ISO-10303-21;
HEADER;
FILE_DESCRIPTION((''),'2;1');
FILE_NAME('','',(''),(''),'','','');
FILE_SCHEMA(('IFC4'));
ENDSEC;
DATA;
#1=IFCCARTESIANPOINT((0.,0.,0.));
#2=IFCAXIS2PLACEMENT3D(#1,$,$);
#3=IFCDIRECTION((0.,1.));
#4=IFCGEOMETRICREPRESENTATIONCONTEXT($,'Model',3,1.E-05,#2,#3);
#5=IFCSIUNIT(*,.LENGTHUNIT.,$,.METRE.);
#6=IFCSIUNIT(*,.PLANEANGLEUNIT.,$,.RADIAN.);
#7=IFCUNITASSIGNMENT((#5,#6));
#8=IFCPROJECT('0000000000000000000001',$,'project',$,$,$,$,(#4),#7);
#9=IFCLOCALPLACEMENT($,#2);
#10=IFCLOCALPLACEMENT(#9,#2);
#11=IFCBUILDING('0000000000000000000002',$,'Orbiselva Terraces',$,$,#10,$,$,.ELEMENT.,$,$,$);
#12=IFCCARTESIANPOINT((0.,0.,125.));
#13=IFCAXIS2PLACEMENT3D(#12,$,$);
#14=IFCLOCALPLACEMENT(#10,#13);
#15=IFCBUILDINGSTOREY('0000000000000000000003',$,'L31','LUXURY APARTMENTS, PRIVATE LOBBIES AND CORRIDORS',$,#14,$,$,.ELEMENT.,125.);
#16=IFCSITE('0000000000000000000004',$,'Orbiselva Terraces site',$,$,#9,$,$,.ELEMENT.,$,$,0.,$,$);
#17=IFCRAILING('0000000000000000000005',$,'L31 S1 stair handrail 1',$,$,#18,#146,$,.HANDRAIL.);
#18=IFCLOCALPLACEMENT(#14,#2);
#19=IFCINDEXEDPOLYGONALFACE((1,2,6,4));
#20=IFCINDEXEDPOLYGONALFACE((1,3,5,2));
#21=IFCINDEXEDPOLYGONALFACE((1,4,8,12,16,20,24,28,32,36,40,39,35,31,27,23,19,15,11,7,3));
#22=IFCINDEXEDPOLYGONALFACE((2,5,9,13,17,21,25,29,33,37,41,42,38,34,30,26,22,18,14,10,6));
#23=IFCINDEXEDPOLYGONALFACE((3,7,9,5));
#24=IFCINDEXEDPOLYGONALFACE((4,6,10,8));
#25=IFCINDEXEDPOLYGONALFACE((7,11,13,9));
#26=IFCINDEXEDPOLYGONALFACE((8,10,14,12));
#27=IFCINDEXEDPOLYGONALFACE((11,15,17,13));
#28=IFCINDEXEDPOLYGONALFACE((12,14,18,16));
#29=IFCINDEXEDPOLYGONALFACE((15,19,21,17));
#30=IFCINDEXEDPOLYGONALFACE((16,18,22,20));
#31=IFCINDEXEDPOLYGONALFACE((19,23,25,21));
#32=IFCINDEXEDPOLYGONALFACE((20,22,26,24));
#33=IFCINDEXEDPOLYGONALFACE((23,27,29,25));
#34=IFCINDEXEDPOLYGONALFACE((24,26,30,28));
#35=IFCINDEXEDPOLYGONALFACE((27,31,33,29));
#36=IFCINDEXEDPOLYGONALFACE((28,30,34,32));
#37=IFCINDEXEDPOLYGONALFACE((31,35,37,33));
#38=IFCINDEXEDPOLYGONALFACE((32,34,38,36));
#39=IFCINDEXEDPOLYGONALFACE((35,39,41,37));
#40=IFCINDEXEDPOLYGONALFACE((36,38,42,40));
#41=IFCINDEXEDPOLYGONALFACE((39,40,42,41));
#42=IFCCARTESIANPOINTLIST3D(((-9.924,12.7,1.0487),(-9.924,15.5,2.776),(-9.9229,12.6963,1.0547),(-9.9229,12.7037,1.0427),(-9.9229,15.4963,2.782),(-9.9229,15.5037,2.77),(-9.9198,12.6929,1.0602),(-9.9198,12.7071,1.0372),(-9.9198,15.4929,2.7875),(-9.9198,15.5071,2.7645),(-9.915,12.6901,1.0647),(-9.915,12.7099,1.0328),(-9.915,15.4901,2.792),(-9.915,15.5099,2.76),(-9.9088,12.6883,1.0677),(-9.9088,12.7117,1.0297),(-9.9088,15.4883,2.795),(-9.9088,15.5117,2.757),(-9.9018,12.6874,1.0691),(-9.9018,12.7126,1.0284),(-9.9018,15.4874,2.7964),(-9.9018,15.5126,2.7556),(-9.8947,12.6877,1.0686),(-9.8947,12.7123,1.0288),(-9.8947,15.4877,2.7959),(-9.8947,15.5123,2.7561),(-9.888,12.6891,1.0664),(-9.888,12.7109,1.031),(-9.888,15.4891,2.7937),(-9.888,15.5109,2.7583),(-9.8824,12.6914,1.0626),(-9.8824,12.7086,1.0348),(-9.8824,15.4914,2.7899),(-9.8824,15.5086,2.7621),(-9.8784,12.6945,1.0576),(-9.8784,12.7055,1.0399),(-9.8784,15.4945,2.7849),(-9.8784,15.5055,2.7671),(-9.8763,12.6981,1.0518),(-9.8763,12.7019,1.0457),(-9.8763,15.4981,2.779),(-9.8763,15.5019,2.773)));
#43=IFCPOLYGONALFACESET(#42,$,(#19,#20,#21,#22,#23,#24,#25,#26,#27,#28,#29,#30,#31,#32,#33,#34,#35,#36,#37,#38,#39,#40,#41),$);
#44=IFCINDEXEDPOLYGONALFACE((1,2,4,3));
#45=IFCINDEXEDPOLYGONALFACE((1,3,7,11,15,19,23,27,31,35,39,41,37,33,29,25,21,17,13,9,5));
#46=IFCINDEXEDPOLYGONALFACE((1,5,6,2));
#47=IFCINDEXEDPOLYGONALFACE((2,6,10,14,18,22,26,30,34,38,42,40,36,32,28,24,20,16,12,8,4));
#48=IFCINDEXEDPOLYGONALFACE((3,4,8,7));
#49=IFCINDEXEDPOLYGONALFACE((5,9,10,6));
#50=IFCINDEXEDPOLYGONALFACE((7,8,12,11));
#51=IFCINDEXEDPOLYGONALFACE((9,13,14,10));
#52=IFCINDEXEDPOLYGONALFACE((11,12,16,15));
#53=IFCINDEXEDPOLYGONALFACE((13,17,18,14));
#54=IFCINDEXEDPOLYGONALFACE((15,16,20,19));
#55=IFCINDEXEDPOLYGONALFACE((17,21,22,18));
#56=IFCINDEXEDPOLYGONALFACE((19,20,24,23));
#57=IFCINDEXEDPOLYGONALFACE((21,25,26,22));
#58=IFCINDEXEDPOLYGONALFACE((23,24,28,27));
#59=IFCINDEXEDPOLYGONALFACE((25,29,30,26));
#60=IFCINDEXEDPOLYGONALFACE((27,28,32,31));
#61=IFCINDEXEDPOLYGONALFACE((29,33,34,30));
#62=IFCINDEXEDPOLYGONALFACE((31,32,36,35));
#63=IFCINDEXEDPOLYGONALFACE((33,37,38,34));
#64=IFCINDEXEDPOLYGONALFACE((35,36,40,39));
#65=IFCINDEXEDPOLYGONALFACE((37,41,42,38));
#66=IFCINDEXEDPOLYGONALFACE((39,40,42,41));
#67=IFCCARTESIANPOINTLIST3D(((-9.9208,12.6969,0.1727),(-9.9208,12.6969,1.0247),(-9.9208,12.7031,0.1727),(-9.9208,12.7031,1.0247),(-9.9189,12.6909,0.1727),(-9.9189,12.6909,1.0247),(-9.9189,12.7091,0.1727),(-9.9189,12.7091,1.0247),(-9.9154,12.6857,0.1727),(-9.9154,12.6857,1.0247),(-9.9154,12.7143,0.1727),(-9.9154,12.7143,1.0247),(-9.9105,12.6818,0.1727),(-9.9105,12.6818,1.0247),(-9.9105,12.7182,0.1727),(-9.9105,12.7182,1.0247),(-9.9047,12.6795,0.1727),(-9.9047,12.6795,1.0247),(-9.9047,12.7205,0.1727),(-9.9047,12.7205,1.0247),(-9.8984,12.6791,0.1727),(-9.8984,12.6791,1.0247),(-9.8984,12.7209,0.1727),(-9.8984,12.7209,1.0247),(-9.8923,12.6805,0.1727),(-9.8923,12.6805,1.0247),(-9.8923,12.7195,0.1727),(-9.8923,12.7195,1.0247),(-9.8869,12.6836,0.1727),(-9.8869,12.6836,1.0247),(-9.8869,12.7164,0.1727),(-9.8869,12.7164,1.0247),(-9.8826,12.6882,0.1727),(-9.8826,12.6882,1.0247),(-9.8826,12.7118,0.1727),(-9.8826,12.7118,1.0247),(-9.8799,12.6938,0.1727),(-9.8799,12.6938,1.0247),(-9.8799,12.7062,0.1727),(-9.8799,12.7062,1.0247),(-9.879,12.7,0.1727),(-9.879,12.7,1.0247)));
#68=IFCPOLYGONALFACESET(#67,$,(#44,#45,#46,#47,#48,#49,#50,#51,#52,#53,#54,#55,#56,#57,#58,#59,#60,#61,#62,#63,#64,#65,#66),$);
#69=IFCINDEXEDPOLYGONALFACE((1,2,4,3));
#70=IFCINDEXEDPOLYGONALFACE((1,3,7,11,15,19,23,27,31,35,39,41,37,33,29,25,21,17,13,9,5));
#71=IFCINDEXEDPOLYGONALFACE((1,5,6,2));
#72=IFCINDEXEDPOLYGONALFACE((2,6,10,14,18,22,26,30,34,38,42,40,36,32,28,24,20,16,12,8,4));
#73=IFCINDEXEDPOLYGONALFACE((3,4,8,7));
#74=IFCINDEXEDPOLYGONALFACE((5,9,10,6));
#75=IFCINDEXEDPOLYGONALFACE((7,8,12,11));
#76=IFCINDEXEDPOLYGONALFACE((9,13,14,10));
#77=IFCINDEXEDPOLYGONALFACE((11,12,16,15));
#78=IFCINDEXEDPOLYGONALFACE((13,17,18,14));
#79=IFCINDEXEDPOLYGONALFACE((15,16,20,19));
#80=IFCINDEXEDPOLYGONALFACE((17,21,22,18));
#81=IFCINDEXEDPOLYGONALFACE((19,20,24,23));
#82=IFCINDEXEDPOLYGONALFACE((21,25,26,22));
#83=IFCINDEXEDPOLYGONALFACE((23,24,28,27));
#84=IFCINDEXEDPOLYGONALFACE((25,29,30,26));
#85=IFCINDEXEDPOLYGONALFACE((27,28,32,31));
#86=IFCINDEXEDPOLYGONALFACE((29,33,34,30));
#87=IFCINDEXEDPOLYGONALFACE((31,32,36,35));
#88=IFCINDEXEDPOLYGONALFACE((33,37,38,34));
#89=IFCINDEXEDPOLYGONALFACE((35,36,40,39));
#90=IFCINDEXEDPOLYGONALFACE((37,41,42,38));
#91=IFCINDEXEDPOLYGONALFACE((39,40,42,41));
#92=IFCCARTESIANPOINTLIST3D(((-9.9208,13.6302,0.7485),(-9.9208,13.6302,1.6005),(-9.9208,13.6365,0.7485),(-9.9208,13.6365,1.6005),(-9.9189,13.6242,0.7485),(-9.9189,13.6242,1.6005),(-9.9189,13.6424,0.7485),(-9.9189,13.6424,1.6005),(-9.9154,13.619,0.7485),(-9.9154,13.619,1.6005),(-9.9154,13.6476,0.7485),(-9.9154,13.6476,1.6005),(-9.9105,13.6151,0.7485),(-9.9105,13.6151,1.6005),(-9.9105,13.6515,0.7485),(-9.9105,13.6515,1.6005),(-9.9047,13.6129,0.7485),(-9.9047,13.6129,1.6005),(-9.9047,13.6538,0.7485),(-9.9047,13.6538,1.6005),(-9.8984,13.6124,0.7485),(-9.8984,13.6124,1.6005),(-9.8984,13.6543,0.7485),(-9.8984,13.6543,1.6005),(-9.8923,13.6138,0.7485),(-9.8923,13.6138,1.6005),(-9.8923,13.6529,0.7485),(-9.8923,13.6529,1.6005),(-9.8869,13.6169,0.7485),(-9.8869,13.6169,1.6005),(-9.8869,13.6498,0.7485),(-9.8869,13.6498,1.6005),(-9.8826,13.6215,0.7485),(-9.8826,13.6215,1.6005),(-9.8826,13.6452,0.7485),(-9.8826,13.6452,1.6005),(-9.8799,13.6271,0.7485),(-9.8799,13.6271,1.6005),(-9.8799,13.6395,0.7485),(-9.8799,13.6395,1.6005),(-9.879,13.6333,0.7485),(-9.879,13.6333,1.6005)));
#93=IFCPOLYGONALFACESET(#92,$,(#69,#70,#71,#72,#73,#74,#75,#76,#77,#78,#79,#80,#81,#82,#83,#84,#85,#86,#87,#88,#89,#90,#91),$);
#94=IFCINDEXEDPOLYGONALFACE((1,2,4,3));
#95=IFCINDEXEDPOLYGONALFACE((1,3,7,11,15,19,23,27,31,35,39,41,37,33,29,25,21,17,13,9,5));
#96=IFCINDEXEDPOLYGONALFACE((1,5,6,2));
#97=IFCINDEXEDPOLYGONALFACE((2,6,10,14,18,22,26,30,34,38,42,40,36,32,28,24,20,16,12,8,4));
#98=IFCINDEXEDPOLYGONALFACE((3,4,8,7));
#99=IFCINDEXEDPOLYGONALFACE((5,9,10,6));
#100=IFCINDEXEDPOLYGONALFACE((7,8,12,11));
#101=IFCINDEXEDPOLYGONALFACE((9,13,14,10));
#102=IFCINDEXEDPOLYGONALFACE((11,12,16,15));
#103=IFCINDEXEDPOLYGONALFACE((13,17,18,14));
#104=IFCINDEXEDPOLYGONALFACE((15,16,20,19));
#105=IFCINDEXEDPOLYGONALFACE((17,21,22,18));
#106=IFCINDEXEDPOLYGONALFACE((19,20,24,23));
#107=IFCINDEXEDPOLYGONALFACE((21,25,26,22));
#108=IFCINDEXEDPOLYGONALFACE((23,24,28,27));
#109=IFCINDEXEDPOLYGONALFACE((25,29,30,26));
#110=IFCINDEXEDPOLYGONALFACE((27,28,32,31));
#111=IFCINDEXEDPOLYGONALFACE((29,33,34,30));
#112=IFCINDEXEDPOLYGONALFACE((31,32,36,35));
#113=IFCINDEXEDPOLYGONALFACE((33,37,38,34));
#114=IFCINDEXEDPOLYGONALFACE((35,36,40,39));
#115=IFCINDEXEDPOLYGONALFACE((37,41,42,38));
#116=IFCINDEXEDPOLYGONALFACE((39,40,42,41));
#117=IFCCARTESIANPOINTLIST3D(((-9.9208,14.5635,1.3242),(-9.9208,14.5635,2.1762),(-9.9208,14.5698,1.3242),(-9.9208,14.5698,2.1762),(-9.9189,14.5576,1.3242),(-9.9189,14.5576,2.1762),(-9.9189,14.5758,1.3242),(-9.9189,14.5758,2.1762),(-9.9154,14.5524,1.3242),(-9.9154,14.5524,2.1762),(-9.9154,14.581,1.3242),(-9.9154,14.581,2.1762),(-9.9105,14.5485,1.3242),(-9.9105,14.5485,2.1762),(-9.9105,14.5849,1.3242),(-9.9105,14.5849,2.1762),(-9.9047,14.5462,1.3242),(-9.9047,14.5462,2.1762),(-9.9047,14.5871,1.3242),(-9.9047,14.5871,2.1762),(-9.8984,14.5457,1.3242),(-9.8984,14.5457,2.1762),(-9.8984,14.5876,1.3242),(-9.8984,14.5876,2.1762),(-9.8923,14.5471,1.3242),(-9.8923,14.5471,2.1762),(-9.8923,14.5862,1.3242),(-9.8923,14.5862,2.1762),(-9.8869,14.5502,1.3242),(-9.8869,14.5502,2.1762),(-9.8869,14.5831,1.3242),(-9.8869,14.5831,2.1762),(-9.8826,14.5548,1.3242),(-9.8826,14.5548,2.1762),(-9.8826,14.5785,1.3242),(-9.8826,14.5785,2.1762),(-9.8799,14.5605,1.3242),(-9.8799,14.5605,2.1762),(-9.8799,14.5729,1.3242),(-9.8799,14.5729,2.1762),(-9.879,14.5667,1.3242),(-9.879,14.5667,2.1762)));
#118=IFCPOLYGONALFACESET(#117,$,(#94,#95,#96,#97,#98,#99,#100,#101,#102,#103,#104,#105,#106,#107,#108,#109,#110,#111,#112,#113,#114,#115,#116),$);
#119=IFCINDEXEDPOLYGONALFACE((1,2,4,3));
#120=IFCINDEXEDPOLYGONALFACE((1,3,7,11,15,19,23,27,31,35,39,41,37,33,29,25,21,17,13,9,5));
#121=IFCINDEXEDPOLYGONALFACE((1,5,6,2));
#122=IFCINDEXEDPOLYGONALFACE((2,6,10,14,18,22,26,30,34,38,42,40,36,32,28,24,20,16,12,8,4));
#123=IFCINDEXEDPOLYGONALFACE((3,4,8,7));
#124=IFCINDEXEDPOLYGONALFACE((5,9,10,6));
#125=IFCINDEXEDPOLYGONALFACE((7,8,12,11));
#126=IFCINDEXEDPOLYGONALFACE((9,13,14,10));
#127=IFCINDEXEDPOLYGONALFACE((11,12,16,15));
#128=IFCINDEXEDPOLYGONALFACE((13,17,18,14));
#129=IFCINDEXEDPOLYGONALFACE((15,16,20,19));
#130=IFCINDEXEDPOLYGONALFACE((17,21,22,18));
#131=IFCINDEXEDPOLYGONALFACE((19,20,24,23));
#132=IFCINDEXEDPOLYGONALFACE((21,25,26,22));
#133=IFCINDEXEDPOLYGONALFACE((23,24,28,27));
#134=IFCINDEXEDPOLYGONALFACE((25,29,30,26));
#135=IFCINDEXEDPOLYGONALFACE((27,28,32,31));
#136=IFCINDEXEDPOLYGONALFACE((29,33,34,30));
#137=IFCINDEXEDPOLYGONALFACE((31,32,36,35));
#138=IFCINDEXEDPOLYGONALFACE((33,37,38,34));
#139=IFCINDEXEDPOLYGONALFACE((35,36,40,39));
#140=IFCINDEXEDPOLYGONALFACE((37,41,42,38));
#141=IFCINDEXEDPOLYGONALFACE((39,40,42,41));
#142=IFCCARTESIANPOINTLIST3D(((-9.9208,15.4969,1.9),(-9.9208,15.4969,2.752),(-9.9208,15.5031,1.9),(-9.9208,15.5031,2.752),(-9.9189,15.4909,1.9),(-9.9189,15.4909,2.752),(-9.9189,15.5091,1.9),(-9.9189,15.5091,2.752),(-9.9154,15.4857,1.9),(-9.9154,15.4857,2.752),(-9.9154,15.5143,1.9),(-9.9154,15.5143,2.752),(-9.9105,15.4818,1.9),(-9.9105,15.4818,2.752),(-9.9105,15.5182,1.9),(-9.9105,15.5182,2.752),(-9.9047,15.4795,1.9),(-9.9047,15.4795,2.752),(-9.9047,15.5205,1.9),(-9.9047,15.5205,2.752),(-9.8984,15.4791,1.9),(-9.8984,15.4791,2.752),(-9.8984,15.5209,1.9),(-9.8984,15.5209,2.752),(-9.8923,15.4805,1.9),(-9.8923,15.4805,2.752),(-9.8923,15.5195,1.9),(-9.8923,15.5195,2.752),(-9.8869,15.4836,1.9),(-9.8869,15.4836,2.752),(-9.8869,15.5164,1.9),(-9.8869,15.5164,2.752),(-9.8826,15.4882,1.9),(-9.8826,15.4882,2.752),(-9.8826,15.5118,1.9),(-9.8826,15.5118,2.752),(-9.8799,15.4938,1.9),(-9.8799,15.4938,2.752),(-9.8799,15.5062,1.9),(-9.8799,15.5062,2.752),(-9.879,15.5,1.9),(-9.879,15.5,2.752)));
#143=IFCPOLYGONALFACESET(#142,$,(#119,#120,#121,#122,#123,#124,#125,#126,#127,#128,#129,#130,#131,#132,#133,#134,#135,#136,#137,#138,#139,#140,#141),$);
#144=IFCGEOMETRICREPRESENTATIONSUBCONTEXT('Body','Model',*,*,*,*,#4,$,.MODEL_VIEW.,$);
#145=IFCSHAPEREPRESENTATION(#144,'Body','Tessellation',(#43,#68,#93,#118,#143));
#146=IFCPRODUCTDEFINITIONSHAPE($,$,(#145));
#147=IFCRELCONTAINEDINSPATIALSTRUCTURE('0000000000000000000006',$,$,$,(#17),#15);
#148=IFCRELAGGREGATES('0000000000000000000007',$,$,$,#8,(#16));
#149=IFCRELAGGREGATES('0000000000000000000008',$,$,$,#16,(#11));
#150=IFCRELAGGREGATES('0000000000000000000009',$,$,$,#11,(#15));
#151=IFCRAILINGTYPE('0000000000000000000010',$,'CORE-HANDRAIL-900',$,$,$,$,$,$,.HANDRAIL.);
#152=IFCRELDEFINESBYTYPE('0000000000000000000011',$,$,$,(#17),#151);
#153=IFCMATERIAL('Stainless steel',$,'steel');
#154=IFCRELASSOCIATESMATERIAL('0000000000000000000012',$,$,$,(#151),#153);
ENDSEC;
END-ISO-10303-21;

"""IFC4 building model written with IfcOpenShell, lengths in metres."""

from ifc_helpers import new_model, si_unit, direction, frame, origin, origin_2d, place, context, subcontext, project, spatial, circle, extrude, material, type_object, element, save


model = new_model("IFC4")

# Units and contexts
model_context = context("Model", 3, precision=1e-05, world=origin(), true_north=direction((0.0, 1.0)))
body_context = subcontext(model_context, "Body", "Model", "MODEL_VIEW")
ifc_project = project(units=[si_unit("LENGTHUNIT", "METRE"), si_unit("PLANEANGLEUNIT", "RADIAN")], contexts=[model_context])

# Site, building, storey
site_placement = place(None, origin())
site = spatial("IfcSite", under=ifc_project, at=site_placement, Name="Orbiselva Terraces site", CompositionType="ELEMENT", RefElevation=0.0)
building_placement = place(site_placement, origin())
building = spatial("IfcBuilding", under=site, at=building_placement, Name="Orbiselva Terraces", CompositionType="ELEMENT")
storey_placement = place(building_placement, frame((0.0, 0.0, 125.0)))
storey = spatial("IfcBuildingStorey", under=building, at=storey_placement, Name="L31", Description="LUXURY APARTMENTS, PRIVATE LOBBIES AND CORRIDORS", CompositionType="ELEMENT", Elevation=125.0)

# Railing
ifc_material_1 = material(Name="Stainless steel", Category="steel")
railing_type = type_object("IfcRailingType", Name="CORE-HANDRAIL-900", PredefinedType="HANDRAIL", material=ifc_material_1)
railing_placement = place(storey_placement, frame((-9.9, 12.7, 0.1727)))
element("IfcRailing", 1, at=railing_placement, inside=storey, type_object=railing_type, Name="L31 S1 stair handrail 1", PredefinedType="HANDRAIL", context=body_context, shape_type="SweptSolid", body=[
    extrude(circle(Radius=0.024, at=origin_2d()), frame((0.0, 0.0, 0.876), z_axis=(0.0, 0.851089, 0.525022), x_axis=(-1.0, 0.0, 0.0)), (0.0, 0.0, 1.0), 3.2899),
    extrude(circle(Radius=0.021, at=origin_2d()), origin(), (0.0, 0.0, 1.0), 0.852),
    extrude(circle(Radius=0.021, at=origin_2d()), frame((0.0, 0.9333, 0.5758)), (0.0, 0.0, 1.0), 0.852),
    extrude(circle(Radius=0.021, at=origin_2d()), frame((0.0, 1.8667, 1.1515)), (0.0, 0.0, 1.0), 0.852),
    extrude(circle(Radius=0.021, at=origin_2d()), frame((0.0, 2.8, 1.7273)), (0.0, 0.0, 1.0), 0.852),
])

save(model, "model.ifc")
